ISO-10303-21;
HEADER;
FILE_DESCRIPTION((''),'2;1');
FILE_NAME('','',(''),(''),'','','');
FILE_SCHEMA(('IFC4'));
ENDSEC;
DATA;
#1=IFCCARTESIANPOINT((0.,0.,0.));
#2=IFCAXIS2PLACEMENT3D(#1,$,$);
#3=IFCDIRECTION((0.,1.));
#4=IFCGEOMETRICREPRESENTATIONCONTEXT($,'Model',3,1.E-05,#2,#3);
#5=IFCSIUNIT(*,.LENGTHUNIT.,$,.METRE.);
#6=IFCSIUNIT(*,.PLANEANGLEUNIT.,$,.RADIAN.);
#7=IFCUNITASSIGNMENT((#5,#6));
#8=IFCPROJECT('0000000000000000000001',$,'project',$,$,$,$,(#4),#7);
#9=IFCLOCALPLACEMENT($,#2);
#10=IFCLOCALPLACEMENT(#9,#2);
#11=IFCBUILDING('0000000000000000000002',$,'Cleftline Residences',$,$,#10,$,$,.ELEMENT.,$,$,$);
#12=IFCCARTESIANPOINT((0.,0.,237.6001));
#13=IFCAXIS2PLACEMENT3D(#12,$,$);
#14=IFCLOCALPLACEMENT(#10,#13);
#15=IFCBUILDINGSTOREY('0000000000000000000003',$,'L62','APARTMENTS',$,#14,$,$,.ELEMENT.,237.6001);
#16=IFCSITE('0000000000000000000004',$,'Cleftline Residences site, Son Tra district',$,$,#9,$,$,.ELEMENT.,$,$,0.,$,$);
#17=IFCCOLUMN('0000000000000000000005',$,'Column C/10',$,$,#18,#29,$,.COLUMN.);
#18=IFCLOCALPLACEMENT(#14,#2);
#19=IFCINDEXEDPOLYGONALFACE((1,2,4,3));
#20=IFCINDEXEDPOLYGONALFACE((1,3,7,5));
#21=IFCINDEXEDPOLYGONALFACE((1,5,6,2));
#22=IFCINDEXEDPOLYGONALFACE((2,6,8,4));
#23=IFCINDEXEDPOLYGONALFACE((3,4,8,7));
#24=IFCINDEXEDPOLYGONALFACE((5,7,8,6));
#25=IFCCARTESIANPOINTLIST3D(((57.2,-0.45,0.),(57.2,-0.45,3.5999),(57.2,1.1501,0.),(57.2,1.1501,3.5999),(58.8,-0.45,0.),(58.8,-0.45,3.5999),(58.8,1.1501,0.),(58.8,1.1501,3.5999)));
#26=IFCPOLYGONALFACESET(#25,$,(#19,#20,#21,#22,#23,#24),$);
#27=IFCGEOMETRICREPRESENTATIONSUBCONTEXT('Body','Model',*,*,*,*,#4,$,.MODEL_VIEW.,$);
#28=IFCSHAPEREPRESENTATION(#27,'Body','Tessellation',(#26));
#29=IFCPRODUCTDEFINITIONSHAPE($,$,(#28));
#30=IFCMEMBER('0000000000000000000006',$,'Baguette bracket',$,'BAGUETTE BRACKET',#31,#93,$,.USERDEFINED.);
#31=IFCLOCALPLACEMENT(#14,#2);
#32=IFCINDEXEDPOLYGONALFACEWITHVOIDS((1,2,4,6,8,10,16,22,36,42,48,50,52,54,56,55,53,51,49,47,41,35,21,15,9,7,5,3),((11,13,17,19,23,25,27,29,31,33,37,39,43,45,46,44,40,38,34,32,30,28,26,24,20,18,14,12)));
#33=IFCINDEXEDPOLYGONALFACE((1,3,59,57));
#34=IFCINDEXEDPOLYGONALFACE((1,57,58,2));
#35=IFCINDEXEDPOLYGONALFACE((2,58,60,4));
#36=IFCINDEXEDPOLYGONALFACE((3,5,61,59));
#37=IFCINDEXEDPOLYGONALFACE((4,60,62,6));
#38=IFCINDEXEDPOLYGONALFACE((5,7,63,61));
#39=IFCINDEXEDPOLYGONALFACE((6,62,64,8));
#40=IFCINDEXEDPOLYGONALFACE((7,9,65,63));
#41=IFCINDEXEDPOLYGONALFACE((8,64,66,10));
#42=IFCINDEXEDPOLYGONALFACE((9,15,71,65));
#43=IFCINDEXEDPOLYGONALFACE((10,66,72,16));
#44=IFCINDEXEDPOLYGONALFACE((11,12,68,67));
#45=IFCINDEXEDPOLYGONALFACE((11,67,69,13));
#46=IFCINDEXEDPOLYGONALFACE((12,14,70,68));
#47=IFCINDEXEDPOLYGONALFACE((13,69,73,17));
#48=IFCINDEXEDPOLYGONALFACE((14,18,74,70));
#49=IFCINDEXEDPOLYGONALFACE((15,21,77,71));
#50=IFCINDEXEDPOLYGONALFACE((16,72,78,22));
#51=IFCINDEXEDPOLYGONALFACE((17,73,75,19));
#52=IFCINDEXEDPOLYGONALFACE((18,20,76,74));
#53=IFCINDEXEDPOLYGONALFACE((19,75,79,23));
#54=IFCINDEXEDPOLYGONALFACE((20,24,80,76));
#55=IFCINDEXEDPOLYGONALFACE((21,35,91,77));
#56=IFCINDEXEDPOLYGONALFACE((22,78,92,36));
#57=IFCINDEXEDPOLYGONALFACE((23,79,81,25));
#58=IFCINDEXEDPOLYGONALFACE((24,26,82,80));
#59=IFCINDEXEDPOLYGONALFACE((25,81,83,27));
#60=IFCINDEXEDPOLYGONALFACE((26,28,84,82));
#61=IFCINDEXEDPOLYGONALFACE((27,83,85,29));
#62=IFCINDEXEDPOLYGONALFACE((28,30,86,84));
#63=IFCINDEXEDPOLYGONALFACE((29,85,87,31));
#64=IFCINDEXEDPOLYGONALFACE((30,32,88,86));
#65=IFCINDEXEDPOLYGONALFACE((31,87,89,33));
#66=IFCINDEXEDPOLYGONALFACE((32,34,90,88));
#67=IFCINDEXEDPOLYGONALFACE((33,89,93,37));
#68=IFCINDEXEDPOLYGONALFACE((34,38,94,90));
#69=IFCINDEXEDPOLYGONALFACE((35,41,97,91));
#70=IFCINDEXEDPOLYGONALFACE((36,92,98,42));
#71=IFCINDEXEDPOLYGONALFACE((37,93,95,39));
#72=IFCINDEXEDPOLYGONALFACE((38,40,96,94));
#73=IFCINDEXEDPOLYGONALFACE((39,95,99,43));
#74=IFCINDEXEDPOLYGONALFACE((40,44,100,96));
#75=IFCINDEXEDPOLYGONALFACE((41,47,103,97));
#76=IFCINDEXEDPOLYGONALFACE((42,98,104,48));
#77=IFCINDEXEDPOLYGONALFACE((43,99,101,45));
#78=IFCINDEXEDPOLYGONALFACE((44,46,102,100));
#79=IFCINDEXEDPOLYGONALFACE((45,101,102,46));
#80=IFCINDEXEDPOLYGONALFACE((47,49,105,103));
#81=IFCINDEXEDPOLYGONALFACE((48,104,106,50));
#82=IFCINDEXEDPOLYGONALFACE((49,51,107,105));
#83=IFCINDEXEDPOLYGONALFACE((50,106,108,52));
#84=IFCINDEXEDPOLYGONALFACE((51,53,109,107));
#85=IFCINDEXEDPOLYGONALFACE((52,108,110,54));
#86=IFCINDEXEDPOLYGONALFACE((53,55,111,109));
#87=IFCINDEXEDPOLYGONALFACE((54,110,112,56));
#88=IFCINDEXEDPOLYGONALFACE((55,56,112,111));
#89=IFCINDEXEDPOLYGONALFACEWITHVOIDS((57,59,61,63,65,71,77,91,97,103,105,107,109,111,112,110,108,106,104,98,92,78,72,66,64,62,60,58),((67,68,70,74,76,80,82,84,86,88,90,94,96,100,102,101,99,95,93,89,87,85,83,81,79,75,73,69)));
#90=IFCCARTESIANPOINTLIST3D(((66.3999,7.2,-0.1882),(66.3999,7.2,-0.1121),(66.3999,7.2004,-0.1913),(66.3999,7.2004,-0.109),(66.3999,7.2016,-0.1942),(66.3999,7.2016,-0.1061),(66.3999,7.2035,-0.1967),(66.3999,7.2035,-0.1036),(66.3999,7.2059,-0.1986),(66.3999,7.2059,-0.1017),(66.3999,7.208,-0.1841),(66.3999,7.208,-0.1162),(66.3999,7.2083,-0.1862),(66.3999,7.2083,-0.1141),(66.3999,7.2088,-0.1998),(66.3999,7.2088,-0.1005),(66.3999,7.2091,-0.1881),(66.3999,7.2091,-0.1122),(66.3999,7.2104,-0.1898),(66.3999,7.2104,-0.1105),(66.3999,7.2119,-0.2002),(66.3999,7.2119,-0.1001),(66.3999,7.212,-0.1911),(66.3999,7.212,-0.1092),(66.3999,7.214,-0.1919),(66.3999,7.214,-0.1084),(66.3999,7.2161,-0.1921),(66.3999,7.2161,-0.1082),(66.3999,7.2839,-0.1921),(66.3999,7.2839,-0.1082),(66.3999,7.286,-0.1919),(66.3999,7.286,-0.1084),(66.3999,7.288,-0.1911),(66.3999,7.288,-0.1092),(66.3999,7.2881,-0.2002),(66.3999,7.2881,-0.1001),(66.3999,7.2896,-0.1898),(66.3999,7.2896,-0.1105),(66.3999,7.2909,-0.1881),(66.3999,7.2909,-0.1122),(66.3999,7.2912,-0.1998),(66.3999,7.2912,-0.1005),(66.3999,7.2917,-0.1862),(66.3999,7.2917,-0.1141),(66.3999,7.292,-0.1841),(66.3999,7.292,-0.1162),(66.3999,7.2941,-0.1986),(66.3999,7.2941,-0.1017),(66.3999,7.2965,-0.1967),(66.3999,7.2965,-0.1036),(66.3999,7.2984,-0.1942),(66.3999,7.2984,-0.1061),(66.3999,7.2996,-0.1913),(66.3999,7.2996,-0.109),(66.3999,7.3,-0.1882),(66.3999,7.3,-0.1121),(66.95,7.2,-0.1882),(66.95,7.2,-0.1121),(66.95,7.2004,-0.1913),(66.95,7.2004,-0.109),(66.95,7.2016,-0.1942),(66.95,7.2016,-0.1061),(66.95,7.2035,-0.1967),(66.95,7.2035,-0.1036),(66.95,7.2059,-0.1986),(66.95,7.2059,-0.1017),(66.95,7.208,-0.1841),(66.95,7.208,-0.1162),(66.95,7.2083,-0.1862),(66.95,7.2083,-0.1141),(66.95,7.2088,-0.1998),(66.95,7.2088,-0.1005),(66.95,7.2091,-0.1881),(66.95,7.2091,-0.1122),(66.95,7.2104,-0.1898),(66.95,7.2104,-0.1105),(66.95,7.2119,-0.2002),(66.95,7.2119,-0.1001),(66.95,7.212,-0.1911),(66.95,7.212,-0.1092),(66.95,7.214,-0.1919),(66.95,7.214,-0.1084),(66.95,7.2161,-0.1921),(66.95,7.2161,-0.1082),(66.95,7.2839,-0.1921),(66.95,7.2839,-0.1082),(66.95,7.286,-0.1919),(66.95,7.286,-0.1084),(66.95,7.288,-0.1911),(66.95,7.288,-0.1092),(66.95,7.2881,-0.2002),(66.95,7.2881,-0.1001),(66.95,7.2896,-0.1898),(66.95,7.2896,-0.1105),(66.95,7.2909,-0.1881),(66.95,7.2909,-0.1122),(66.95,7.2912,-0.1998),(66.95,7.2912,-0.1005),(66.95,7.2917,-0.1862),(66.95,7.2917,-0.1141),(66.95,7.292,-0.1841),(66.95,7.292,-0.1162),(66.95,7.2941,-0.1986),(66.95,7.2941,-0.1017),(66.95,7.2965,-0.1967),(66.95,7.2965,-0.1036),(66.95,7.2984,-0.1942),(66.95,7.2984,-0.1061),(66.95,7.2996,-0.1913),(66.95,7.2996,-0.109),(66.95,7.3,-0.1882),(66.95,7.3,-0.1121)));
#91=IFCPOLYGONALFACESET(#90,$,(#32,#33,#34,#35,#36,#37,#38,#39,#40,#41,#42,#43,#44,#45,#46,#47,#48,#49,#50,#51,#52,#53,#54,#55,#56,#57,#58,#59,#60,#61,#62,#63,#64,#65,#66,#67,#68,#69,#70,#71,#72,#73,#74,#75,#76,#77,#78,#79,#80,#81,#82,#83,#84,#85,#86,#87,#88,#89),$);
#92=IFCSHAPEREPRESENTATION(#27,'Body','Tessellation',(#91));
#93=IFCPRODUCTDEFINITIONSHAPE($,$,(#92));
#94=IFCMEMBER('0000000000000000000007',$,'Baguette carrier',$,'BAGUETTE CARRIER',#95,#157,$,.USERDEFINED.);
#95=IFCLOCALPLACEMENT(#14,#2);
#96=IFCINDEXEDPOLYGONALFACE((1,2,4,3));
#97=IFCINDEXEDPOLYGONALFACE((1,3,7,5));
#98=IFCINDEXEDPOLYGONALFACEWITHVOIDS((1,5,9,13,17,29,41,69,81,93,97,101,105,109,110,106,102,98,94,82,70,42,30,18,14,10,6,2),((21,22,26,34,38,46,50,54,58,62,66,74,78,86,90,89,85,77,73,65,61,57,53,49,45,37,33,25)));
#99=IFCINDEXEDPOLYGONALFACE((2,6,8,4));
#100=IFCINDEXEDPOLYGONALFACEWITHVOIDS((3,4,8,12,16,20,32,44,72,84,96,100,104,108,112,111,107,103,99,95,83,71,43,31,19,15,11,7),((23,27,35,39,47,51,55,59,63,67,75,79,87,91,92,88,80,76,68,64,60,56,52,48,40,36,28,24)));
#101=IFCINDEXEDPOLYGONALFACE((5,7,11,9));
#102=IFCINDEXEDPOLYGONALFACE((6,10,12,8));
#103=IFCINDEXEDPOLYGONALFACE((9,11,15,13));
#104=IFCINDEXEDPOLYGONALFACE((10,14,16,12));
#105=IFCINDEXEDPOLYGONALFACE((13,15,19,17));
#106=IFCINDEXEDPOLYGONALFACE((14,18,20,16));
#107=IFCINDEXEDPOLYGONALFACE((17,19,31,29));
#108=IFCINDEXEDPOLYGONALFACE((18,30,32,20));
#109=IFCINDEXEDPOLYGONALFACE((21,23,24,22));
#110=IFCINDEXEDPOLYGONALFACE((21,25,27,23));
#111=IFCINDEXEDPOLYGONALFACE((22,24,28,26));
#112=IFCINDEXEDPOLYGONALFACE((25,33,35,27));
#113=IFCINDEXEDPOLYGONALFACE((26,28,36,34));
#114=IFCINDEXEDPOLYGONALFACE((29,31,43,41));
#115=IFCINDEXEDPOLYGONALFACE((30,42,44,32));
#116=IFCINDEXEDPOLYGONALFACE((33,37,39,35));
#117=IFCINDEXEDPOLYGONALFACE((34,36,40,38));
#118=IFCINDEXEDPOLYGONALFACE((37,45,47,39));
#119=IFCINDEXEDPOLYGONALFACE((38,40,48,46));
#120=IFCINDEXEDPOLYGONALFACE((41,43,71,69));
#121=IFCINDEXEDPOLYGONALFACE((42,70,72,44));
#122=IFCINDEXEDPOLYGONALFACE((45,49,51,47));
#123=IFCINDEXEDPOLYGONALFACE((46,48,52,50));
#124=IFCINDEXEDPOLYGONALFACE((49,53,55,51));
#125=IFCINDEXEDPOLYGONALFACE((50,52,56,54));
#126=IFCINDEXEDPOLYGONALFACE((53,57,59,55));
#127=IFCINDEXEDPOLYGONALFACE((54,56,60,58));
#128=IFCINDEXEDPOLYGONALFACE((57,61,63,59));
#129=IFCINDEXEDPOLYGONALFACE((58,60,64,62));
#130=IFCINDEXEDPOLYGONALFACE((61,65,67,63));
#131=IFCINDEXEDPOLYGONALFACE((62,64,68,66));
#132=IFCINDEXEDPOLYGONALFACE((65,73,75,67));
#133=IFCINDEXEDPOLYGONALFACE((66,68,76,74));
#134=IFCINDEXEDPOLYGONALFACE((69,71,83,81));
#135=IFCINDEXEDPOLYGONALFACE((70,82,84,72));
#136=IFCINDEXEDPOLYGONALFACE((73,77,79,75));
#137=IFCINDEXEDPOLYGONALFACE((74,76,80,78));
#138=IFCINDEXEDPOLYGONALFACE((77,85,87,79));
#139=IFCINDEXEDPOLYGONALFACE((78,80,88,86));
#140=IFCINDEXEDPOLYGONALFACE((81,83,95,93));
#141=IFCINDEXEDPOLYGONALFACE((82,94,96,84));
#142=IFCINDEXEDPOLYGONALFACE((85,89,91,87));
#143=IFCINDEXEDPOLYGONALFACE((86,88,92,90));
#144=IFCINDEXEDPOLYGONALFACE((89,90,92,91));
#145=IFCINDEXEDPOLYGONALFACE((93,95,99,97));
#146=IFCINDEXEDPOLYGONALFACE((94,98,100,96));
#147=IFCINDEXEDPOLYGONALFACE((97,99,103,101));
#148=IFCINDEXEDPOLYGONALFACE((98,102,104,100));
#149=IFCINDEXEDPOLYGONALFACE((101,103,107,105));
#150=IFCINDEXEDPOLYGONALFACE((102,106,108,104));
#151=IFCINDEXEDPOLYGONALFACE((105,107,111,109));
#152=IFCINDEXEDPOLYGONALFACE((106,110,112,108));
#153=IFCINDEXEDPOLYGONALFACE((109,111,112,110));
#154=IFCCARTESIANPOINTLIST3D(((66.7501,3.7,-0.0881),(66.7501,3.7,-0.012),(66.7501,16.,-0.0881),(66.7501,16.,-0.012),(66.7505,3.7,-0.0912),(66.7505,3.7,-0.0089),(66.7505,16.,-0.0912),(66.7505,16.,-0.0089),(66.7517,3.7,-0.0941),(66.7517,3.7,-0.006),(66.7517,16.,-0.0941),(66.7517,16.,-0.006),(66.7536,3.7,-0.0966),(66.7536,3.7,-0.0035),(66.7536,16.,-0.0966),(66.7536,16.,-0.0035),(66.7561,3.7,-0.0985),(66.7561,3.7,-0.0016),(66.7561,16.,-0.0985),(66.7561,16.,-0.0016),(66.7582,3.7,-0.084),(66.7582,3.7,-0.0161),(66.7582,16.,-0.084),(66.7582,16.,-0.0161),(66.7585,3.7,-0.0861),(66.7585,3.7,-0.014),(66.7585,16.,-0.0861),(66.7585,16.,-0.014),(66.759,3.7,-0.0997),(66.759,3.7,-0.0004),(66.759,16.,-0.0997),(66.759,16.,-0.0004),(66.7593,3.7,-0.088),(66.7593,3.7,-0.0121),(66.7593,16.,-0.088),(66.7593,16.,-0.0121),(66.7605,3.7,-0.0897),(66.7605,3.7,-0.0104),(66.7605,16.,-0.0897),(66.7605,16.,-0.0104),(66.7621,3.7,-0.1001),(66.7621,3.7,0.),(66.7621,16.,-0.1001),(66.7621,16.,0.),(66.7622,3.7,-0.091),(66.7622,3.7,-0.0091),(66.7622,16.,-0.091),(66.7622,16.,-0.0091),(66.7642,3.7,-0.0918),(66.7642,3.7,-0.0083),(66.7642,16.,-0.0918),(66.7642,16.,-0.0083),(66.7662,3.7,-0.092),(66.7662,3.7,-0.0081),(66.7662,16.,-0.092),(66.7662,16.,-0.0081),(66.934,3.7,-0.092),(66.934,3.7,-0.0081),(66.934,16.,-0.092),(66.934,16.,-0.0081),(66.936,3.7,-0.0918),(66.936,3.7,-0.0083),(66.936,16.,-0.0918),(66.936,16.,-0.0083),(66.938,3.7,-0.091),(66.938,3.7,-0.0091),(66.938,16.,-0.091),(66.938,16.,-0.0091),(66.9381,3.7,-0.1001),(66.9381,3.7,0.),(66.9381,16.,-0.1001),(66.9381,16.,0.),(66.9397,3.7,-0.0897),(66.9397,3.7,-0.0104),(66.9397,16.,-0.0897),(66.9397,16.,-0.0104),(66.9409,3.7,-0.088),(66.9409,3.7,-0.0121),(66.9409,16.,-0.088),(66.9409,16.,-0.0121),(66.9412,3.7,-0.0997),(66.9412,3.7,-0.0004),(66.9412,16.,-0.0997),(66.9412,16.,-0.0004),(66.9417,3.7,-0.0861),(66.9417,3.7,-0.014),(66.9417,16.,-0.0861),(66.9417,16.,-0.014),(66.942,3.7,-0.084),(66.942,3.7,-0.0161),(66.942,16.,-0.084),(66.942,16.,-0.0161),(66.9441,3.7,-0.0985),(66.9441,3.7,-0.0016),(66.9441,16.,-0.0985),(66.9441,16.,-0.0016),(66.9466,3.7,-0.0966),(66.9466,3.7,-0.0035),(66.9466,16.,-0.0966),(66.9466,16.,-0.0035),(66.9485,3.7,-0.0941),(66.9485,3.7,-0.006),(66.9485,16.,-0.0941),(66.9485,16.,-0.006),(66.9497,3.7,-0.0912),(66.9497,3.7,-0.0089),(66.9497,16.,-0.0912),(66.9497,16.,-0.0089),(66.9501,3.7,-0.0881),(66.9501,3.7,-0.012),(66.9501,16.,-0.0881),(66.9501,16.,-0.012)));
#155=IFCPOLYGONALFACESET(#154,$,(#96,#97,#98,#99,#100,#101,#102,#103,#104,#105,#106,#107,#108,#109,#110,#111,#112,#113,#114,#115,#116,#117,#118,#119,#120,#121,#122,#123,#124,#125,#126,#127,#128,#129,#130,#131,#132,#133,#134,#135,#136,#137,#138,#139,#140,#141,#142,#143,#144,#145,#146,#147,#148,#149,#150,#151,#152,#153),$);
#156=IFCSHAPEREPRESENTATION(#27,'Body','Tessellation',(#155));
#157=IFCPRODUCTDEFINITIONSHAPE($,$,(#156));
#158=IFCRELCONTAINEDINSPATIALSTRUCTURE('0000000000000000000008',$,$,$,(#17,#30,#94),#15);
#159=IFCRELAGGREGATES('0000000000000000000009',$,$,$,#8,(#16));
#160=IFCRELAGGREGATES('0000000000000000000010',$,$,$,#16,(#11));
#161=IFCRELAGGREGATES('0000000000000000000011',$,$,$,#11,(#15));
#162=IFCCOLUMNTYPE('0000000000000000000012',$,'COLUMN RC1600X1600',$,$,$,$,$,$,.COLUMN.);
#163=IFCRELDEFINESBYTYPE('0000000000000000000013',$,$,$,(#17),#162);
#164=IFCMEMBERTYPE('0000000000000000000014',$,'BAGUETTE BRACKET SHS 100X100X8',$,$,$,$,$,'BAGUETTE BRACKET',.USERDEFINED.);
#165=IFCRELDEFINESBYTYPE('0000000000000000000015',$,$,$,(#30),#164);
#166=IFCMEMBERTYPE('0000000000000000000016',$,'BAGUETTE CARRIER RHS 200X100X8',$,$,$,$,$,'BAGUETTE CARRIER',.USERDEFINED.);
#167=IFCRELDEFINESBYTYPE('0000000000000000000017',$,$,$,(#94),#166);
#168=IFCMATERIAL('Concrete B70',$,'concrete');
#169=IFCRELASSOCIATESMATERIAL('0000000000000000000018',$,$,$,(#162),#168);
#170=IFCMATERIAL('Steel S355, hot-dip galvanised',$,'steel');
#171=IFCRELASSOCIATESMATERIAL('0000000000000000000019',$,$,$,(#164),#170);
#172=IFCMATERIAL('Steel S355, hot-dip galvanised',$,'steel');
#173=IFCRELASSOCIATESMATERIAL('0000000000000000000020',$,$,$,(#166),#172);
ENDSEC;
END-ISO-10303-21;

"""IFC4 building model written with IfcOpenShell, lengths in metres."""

from ifc_helpers import new_model, si_unit, direction, frame, origin, origin_2d, place, context, subcontext, project, spatial, rectangle, hollow_rectangle, extrude, material, material_profile, profile_set, type_object, element, save


model = new_model("IFC4")

# Units and contexts
model_context = context("Model", 3, precision=1e-05, world=origin(), true_north=direction((0.0, 1.0)))
body_context = subcontext(model_context, "Body", "Model", "MODEL_VIEW")
ifc_project = project(units=[si_unit("LENGTHUNIT", "METRE"), si_unit("PLANEANGLEUNIT", "RADIAN")], contexts=[model_context])

# Site, building, storey
site_placement = place(None, origin())
site = spatial("IfcSite", under=ifc_project, at=site_placement, Name="Cleftline Residences site, Son Tra district", CompositionType="ELEMENT", RefElevation=0.0)
building_placement = place(site_placement, origin())
building = spatial("IfcBuilding", under=site, at=building_placement, Name="Cleftline Residences", CompositionType="ELEMENT")
storey_placement = place(building_placement, frame((0.0, 0.0, 237.6001)))
storey = spatial("IfcBuildingStorey", under=building, at=storey_placement, Name="L62", Description="APARTMENTS", CompositionType="ELEMENT", Elevation=237.6001)

# Column
ifc_material_1 = material(Name="Concrete B70", Category="concrete")
ifc_material_profile_1 = material_profile(ifc_material_1, rectangle(XDim=1.6001, YDim=1.6001, at=origin_2d()))
ifc_profile_set_1 = profile_set([ifc_material_profile_1], Name="Concrete B70")
column_type = type_object("IfcColumnType", Name="COLUMN RC1600X1600", PredefinedType="COLUMN", material=ifc_profile_set_1)
column_placement = place(storey_placement, frame((58.0, 0.3501, 0.0), z_axis=(0.0, 0.0, 1.0), x_axis=(1.0, 0.0, 0.0)))
element("IfcColumn", 1, at=column_placement, inside=storey, type_object=column_type, Name="Column C/10", PredefinedType="COLUMN", context=body_context, shape_type="SweptSolid", body=[
    extrude(rectangle(XDim=1.6001, YDim=1.6001, at=origin_2d()), origin(), (0.0, 0.0, 1.0), 3.5999),
])

# Members
ifc_material_2 = material(Name="Steel S355, hot-dip galvanised", Category="steel")
ifc_material_profile_2 = material_profile(ifc_material_2, hollow_rectangle(XDim=0.1001, YDim=0.1001, WallThickness=0.0081, InnerFilletRadius=0.0081, OuterFilletRadius=0.012, at=origin_2d()))
ifc_profile_set_2 = profile_set([ifc_material_profile_2], Name="Steel S355, hot-dip galvanised")
member_type_1 = type_object("IfcMemberType", Name="BAGUETTE BRACKET SHS 100X100X8", ElementType="BAGUETTE BRACKET", PredefinedType="USERDEFINED", material=ifc_profile_set_2)
member_1_placement = place(storey_placement, frame((66.3999, 7.25, -0.1501), z_axis=(1.0, 0.0, 0.0), x_axis=(0.0, 1.0, 0.0)))
element("IfcMember", 2, at=member_1_placement, inside=storey, type_object=member_type_1, Name="Baguette bracket", ObjectType="BAGUETTE BRACKET", PredefinedType="USERDEFINED", context=body_context, shape_type="SweptSolid", body=[
    extrude(hollow_rectangle(XDim=0.1001, YDim=0.1001, WallThickness=0.0081, InnerFilletRadius=0.0081, OuterFilletRadius=0.012, at=origin_2d()), origin(), (0.0, 0.0, 1.0), 0.55),
])
ifc_material_3 = material(Name="Steel S355, hot-dip galvanised", Category="steel")
ifc_material_profile_3 = material_profile(ifc_material_3, hollow_rectangle(XDim=0.1001, YDim=0.2, WallThickness=0.0081, InnerFilletRadius=0.0081, OuterFilletRadius=0.012, at=origin_2d()))
ifc_profile_set_3 = profile_set([ifc_material_profile_3], Name="Steel S355, hot-dip galvanised")
member_type_2 = type_object("IfcMemberType", Name="BAGUETTE CARRIER RHS 200X100X8", ElementType="BAGUETTE CARRIER", PredefinedType="USERDEFINED", material=ifc_profile_set_3)
member_2_placement = place(storey_placement, frame((66.8501, 3.7, -0.05), z_axis=(0.0, 1.0, 0.0), x_axis=(0.0, 0.0, 1.0)))
element("IfcMember", 3, at=member_2_placement, inside=storey, type_object=member_type_2, Name="Baguette carrier", ObjectType="BAGUETTE CARRIER", PredefinedType="USERDEFINED", context=body_context, shape_type="SweptSolid", body=[
    extrude(hollow_rectangle(XDim=0.1001, YDim=0.2, WallThickness=0.0081, InnerFilletRadius=0.0081, OuterFilletRadius=0.012, at=origin_2d()), origin(), (0.0, 0.0, 1.0), 12.3),
])

save(model, "model.ifc")
